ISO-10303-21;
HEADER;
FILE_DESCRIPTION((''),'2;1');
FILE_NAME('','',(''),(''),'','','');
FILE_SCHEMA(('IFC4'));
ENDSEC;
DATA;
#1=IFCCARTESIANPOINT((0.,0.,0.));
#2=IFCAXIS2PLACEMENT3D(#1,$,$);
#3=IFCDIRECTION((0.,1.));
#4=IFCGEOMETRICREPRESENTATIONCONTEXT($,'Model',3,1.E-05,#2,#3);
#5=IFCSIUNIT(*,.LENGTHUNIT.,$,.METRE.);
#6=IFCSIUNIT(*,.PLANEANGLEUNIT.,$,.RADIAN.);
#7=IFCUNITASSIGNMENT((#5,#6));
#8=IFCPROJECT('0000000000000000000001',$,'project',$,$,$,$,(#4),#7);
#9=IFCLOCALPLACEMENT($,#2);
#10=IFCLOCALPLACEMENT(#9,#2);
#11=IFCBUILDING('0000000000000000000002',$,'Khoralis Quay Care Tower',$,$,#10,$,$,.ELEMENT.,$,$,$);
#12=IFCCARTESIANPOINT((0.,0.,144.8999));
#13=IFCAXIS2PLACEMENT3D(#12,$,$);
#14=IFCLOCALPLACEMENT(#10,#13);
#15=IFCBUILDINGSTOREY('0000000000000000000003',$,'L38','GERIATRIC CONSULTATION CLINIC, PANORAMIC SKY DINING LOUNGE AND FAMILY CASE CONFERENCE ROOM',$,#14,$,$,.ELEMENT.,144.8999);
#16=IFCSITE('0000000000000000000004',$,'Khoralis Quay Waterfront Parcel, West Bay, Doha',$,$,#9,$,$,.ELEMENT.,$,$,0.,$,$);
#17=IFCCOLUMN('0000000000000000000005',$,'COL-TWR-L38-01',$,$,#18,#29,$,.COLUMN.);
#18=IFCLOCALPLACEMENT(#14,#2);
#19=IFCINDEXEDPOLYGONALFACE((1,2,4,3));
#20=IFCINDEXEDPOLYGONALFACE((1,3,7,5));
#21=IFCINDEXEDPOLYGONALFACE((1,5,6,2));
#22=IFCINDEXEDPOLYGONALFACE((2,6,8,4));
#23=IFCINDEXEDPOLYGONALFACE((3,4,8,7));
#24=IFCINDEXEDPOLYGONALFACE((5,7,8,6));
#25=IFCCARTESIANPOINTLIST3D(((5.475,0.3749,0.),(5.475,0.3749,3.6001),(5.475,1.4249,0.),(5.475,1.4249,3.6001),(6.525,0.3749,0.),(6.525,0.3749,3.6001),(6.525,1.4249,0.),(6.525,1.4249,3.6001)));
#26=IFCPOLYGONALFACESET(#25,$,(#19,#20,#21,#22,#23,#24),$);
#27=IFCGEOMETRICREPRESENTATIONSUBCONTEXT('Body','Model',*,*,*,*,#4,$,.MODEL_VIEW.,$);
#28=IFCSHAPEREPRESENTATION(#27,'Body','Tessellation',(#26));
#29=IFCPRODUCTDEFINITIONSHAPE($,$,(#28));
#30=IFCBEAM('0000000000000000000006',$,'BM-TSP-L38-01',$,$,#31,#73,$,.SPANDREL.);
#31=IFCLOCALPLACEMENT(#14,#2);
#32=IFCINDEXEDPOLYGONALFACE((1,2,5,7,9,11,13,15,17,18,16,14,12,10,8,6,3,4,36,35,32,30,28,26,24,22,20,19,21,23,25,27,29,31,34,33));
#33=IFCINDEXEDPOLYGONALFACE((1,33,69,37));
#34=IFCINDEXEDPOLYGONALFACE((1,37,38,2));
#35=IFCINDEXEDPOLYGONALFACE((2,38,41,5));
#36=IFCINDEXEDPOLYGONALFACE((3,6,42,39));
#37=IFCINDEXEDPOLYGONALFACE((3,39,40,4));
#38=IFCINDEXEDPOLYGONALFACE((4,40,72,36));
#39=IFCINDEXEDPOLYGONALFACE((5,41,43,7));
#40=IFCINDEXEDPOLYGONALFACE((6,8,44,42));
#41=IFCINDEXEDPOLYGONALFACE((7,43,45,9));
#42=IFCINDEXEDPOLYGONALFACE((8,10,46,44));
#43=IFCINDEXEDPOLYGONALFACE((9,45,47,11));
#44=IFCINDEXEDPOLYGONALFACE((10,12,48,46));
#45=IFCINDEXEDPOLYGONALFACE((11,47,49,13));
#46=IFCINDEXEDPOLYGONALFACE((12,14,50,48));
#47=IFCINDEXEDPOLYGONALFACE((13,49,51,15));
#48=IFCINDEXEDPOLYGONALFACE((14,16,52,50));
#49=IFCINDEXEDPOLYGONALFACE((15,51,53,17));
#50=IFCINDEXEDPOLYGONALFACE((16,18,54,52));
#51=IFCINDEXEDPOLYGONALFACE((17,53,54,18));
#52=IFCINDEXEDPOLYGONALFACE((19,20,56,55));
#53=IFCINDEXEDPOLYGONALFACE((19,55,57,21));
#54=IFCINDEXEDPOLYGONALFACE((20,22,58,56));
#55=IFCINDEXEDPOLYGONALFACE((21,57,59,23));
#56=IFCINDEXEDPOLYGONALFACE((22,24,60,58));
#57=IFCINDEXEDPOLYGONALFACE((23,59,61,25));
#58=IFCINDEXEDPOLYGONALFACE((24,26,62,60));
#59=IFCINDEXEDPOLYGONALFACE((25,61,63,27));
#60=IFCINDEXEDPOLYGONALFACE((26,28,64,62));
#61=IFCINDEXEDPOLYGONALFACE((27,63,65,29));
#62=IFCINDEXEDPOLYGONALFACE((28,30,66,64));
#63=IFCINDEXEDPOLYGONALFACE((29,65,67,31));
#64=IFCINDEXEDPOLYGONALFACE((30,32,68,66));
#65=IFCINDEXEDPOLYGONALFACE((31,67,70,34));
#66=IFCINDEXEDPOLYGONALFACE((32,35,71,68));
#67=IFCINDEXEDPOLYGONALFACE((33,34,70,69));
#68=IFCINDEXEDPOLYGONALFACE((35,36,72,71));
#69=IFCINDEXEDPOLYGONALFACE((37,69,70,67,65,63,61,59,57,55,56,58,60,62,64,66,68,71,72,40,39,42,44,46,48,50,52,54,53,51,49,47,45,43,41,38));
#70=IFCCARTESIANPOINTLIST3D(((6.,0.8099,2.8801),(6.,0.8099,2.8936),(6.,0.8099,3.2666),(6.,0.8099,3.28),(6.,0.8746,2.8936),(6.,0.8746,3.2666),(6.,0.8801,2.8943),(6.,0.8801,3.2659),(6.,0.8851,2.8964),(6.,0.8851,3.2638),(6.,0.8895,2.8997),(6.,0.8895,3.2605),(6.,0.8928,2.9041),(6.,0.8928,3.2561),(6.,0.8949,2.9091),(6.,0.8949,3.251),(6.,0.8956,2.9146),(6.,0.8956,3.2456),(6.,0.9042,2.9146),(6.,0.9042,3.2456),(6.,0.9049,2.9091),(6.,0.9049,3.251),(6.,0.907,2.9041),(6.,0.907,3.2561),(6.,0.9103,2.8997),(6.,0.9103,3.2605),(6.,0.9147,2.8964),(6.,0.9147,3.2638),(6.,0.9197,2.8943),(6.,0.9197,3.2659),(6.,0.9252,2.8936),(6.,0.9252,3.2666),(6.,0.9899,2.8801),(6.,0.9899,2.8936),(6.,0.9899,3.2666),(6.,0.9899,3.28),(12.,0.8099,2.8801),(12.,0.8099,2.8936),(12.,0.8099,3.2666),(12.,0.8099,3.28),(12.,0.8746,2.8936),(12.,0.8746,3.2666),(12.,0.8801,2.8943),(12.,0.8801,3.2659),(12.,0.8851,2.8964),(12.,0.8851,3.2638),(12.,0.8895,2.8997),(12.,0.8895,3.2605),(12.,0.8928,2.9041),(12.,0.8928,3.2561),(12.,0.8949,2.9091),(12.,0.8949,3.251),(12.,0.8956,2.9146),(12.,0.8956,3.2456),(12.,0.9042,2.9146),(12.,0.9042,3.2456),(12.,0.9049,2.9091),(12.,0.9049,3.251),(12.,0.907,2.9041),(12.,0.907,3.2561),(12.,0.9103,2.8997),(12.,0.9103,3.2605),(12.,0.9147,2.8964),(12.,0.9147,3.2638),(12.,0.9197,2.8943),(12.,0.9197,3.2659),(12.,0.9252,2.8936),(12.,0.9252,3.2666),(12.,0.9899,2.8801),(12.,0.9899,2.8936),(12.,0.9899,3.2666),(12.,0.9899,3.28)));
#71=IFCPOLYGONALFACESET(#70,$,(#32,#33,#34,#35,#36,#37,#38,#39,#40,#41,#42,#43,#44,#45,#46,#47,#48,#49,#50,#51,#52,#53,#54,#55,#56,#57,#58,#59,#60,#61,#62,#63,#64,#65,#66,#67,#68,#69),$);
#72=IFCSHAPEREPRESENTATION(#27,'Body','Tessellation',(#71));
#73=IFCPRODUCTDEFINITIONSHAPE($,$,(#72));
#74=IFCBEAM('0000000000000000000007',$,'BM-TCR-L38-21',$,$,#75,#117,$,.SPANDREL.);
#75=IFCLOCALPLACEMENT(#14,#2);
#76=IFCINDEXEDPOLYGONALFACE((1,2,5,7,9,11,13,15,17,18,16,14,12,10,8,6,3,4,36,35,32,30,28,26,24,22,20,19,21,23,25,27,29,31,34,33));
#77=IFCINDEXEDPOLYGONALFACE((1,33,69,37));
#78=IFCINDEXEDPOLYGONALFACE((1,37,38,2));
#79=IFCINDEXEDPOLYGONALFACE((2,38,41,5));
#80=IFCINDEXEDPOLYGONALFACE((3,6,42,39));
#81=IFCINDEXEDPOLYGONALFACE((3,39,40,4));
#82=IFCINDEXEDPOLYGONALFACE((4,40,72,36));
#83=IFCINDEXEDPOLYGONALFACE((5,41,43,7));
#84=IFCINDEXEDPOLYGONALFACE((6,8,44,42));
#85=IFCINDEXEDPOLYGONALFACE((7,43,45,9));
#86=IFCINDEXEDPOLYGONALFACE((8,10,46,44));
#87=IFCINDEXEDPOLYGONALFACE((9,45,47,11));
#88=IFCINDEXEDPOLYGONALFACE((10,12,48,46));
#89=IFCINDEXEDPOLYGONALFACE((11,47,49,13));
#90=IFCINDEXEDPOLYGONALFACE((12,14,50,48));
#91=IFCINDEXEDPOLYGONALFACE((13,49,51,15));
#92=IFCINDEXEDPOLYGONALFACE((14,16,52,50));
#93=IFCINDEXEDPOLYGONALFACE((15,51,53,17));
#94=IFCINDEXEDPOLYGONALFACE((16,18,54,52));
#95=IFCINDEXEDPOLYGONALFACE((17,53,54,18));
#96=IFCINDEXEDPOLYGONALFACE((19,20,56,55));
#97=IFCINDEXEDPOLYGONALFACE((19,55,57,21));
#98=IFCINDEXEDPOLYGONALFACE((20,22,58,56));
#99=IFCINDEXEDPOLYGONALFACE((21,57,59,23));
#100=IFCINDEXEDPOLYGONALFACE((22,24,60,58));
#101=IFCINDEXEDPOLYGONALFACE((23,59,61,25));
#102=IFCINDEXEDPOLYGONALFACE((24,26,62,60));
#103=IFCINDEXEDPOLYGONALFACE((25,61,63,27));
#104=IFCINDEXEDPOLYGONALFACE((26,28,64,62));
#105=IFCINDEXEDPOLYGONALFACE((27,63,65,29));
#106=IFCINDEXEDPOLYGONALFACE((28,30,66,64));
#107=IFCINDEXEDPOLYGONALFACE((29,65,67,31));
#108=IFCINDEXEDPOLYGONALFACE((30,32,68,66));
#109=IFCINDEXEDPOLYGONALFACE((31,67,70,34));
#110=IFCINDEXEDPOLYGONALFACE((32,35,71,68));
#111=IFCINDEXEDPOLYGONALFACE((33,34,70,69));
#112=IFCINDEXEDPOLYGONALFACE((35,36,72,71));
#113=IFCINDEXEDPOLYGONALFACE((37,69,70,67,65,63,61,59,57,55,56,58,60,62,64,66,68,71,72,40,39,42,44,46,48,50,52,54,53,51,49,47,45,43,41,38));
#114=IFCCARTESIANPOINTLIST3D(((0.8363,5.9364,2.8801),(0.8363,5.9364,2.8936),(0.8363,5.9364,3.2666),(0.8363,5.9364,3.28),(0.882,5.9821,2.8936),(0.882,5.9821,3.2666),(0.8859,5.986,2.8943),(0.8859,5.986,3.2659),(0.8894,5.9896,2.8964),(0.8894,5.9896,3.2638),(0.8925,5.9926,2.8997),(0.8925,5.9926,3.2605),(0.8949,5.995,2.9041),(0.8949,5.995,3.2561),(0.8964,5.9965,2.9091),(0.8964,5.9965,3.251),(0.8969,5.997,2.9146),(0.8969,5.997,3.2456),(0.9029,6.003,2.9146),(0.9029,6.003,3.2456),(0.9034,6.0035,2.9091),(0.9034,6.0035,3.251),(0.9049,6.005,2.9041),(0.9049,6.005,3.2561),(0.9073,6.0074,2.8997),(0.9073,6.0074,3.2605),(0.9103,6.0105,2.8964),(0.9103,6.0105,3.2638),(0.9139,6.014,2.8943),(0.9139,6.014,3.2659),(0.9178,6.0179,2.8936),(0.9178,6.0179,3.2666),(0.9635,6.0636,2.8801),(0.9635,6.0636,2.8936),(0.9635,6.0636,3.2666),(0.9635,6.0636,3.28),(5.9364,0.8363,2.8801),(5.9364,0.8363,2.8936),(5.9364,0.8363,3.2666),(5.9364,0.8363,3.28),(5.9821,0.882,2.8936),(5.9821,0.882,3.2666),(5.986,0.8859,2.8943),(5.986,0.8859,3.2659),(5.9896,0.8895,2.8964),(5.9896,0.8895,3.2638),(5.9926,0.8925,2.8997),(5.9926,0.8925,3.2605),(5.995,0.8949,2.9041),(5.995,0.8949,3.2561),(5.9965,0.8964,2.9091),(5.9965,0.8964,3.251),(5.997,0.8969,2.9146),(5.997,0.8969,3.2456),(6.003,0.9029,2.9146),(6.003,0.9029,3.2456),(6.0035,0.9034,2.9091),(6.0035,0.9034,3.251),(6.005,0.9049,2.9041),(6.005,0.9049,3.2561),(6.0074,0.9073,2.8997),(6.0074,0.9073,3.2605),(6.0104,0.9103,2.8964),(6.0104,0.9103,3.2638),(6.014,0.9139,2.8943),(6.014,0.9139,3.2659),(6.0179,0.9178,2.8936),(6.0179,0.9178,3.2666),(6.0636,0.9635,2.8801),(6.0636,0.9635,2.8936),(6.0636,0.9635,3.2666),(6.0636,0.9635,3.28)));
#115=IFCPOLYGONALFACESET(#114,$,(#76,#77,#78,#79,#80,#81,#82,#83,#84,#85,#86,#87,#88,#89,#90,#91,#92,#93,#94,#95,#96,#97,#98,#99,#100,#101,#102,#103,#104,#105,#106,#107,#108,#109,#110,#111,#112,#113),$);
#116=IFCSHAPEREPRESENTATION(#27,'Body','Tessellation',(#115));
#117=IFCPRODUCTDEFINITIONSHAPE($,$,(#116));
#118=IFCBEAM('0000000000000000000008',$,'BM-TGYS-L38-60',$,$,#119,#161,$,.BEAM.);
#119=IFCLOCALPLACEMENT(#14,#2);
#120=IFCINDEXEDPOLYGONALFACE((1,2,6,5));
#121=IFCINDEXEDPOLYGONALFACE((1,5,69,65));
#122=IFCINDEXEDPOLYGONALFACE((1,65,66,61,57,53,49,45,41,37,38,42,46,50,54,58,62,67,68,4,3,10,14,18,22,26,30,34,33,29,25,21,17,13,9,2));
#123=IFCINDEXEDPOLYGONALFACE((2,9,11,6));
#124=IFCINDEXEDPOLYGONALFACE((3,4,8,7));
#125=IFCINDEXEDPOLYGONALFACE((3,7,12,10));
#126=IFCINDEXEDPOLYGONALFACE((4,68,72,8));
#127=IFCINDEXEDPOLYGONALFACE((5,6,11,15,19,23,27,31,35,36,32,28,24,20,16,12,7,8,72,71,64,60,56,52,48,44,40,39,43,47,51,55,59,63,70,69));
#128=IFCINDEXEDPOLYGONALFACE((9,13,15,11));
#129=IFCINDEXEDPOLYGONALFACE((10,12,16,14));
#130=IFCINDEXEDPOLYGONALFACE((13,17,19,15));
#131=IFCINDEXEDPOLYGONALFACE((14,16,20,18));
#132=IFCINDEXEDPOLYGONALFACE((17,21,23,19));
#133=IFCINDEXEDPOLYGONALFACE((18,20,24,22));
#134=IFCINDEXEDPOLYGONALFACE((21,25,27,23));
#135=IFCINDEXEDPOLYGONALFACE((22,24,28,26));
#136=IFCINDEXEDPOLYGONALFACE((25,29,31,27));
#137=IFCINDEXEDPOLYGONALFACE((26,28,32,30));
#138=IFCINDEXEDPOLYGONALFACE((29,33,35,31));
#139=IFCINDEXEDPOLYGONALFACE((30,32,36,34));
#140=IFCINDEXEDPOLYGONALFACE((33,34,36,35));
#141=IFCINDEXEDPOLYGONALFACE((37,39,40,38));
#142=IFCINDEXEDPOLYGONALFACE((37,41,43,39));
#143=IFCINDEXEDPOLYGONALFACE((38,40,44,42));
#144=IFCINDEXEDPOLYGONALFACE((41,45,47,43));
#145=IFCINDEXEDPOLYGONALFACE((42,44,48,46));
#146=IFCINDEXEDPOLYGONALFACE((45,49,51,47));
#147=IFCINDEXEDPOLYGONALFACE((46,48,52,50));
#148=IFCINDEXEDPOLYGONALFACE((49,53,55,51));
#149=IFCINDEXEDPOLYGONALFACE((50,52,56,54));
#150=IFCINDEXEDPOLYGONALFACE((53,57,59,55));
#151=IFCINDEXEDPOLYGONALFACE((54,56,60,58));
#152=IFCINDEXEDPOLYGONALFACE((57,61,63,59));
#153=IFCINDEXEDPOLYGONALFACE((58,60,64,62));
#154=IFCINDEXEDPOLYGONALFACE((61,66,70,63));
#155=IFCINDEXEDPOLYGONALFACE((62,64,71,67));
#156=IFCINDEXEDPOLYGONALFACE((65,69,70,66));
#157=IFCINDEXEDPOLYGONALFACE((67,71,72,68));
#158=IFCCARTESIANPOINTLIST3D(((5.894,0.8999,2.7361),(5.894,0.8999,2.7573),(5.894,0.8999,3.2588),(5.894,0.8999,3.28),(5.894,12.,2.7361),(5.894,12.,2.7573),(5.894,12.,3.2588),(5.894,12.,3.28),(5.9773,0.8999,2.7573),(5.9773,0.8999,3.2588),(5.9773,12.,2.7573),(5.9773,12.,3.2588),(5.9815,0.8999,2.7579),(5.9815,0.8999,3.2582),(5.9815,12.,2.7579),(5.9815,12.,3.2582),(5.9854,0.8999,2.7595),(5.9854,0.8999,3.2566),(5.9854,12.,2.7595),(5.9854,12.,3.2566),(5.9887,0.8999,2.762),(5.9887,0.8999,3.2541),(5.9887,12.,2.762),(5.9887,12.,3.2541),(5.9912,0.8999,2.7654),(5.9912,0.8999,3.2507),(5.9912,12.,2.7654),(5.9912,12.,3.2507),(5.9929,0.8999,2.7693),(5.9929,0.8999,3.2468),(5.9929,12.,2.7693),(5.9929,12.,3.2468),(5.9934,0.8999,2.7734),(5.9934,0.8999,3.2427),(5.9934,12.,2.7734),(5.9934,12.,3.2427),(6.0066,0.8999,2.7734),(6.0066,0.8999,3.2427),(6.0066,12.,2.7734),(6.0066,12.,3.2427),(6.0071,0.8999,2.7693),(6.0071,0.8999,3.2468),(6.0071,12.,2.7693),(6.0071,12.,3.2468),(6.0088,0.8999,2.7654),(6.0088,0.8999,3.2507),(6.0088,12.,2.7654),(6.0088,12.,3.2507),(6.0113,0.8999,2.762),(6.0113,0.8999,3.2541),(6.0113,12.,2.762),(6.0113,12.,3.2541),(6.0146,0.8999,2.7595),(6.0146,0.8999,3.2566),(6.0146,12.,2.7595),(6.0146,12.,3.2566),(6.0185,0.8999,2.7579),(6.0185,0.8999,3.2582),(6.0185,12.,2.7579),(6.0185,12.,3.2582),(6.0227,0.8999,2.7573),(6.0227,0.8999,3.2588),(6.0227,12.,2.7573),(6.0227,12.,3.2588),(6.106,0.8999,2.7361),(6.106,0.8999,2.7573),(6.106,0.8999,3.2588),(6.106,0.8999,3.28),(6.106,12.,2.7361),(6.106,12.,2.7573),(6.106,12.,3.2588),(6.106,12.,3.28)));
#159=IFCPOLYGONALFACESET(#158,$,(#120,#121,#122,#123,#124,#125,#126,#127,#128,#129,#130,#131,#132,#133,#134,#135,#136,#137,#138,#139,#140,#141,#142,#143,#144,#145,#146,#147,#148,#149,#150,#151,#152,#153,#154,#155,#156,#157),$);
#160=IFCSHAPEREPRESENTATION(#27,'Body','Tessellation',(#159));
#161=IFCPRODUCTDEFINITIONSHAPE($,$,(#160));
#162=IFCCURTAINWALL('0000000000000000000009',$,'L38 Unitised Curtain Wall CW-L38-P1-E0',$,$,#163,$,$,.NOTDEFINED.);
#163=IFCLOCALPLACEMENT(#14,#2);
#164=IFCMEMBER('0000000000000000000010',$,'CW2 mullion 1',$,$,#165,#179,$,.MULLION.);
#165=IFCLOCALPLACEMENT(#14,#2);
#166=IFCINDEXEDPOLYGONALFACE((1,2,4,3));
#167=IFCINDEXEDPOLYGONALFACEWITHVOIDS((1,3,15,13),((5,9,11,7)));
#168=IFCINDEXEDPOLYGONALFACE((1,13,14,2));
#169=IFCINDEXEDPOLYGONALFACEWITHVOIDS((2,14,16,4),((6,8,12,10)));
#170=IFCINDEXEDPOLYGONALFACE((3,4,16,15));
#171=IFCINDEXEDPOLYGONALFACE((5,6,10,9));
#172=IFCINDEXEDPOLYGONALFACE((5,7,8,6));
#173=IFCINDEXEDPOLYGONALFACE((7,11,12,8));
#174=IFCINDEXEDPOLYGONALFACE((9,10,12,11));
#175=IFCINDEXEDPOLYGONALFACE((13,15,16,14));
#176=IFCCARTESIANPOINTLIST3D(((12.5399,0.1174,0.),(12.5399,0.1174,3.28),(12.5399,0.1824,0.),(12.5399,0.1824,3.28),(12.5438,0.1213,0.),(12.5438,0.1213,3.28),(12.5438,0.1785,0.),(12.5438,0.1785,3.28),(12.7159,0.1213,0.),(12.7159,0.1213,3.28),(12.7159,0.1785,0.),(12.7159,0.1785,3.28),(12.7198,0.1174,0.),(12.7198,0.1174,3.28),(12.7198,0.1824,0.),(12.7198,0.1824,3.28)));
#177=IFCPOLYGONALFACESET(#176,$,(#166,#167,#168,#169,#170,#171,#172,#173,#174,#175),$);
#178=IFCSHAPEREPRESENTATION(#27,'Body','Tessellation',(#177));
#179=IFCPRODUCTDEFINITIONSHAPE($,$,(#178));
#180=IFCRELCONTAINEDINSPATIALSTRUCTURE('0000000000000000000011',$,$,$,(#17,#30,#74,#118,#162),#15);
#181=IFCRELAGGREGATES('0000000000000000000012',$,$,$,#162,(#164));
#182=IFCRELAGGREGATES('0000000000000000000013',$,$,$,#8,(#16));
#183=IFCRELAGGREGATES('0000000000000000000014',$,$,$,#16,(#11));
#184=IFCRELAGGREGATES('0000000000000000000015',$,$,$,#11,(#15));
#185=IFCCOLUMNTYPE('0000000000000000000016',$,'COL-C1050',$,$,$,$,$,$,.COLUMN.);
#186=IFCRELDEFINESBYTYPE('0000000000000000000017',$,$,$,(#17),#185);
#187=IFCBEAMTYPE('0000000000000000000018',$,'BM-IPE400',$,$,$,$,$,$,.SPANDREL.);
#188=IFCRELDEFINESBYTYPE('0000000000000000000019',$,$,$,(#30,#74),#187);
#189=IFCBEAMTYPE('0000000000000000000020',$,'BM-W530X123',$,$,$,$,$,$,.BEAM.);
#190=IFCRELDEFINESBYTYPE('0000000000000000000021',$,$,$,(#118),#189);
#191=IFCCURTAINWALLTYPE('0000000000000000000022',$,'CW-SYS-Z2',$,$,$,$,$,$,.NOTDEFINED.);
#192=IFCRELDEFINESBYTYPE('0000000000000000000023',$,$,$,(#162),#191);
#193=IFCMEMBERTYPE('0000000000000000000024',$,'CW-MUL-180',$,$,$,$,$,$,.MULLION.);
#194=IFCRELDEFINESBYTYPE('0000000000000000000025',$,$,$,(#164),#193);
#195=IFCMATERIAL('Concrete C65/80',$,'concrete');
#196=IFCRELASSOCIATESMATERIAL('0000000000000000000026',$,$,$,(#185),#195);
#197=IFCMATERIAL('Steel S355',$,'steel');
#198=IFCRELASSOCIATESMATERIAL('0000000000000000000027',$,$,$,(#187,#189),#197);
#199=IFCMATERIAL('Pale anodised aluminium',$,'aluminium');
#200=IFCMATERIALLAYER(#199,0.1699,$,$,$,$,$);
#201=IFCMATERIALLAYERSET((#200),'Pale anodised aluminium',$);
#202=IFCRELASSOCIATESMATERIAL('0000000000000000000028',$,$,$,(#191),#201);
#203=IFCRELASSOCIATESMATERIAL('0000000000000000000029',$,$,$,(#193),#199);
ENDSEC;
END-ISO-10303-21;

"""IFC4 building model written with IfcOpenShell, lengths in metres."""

from ifc_helpers import new_model, si_unit, direction, frame, origin, origin_2d, place, context, subcontext, project, spatial, rectangle, hollow_rectangle, i_section, extrude, source, transform, mapped, material, layer, layer_set, material_profile, profile_set, type_object, element, aggregate, save


model = new_model("IFC4")

# Units and contexts
model_context = context("Model", 3, precision=1e-05, world=origin(), true_north=direction((0.0, 1.0)))
body_context = subcontext(model_context, "Body", "Model", "MODEL_VIEW")
ifc_project = project(units=[si_unit("LENGTHUNIT", "METRE"), si_unit("PLANEANGLEUNIT", "RADIAN")], contexts=[model_context])

# Site, building, storey
site_placement = place(None, origin())
site = spatial("IfcSite", under=ifc_project, at=site_placement, Name="Khoralis Quay Waterfront Parcel, West Bay, Doha", CompositionType="ELEMENT", RefElevation=0.0)
building_placement = place(site_placement, origin())
building = spatial("IfcBuilding", under=site, at=building_placement, Name="Khoralis Quay Care Tower", CompositionType="ELEMENT")
storey_placement = place(building_placement, frame((0.0, 0.0, 144.8999)))
storey = spatial("IfcBuildingStorey", under=building, at=storey_placement, Name="L38", Description="GERIATRIC CONSULTATION CLINIC, PANORAMIC SKY DINING LOUNGE AND FAMILY CASE CONFERENCE ROOM", CompositionType="ELEMENT", Elevation=144.8999)

# Column
ifc_material_1 = material(Name="Concrete C65/80", Category="concrete")
ifc_material_profile_1 = material_profile(ifc_material_1, rectangle(XDim=1.05, YDim=1.05, at=origin_2d()), Name="Concrete C65/80")
ifc_profile_set_1 = profile_set([ifc_material_profile_1], Name="Concrete C65/80")
column_type = type_object("IfcColumnType", Name="COL-C1050", PredefinedType="COLUMN", material=ifc_profile_set_1)
shared_shape_1 = source(origin(), body_context, "Body", "SweptSolid", [
    extrude(rectangle(XDim=1.05, YDim=1.05, at=origin_2d()), origin(), (0.0, 0.0, 1.0), 3.6001),
])
column_placement = place(storey_placement, frame((6.0, 0.8999, 0.0), z_axis=(0.0, 0.0, 1.0), x_axis=(1.0, 0.0, 0.0)))
element("IfcColumn", 1, at=column_placement, inside=storey, type_object=column_type, Name="COL-TWR-L38-01", PredefinedType="COLUMN", context=body_context, shape_type="MappedRepresentation", body=[
    mapped(shared_shape_1, transform((0.0, 0.0, 0.0), scale=1.0)),
])

# Beams
ifc_material_2 = material(Name="Steel S355", Category="steel")
ifc_material_profile_2 = material_profile(ifc_material_2, i_section(OverallWidth=0.1799, OverallDepth=0.3999, WebThickness=0.0085, FlangeThickness=0.0134, FilletRadius=0.021, at=origin_2d()), Name="Steel S355")
ifc_profile_set_2 = profile_set([ifc_material_profile_2], Name="Steel S355")
beam_type_1 = type_object("IfcBeamType", Name="BM-IPE400", PredefinedType="SPANDREL", material=ifc_profile_set_2)
shared_shape_2 = source(origin(), body_context, "Body", "SweptSolid", [
    extrude(i_section(OverallWidth=0.1799, OverallDepth=0.3999, WebThickness=0.0085, FlangeThickness=0.0134, FilletRadius=0.021, at=origin_2d()), origin(), (0.0, 0.0, 1.0), 6.0),
])
beam_1_placement = place(storey_placement, frame((6.0, 0.8999, 3.0801), z_axis=(1.0, 0.0, 0.0), x_axis=(0.0, 1.0, 0.0)))
element("IfcBeam", 2, at=beam_1_placement, inside=storey, type_object=beam_type_1, Name="BM-TSP-L38-01", PredefinedType="SPANDREL", context=body_context, shape_type="MappedRepresentation", body=[
    mapped(shared_shape_2, transform((0.0, 0.0, 0.0), scale=1.0)),
])
shared_shape_3 = source(origin(), body_context, "Body", "SweptSolid", [
    extrude(i_section(OverallWidth=0.1799, OverallDepth=0.3999, WebThickness=0.0085, FlangeThickness=0.0134, FilletRadius=0.021, at=origin_2d()), origin(), (0.0, 0.0, 1.0), 7.2126),
])
beam_2_placement = place(storey_placement, frame((6.0, 0.8999, 3.0801), z_axis=(-0.707107, 0.707107, 0.0), x_axis=(-0.707107, -0.707107, 0.0)))
element("IfcBeam", 3, at=beam_2_placement, inside=storey, type_object=beam_type_1, Name="BM-TCR-L38-21", PredefinedType="SPANDREL", context=body_context, shape_type="MappedRepresentation", body=[
    mapped(shared_shape_3, transform((0.0, 0.0, 0.0), scale=1.0)),
])
ifc_material_profile_3 = material_profile(ifc_material_2, i_section(OverallWidth=0.2119, OverallDepth=0.5439, WebThickness=0.0132, FlangeThickness=0.0212, FilletRadius=0.0161, at=origin_2d()), Name="Steel S355")
ifc_profile_set_3 = profile_set([ifc_material_profile_3], Name="Steel S355")
beam_type_2 = type_object("IfcBeamType", Name="BM-W530X123", PredefinedType="BEAM", material=ifc_profile_set_3)
shared_shape_4 = source(origin(), body_context, "Body", "SweptSolid", [
    extrude(i_section(OverallWidth=0.2119, OverallDepth=0.5439, WebThickness=0.0132, FlangeThickness=0.0212, FilletRadius=0.0161, at=origin_2d()), origin(), (0.0, 0.0, 1.0), 11.1001),
])
beam_3_placement = place(storey_placement, frame((6.0, 0.8999, 3.0081), z_axis=(0.0, 1.0, 0.0), x_axis=(-1.0, 0.0, 0.0)))
element("IfcBeam", 4, at=beam_3_placement, inside=storey, type_object=beam_type_2, Name="BM-TGYS-L38-60", PredefinedType="BEAM", context=body_context, shape_type="MappedRepresentation", body=[
    mapped(shared_shape_4, transform((0.0, 0.0, 0.0), scale=1.0)),
])

# Curtain wall, member
ifc_material_3 = material(Name="Pale anodised aluminium", Category="aluminium")
ifc_layer_1 = layer(ifc_material_3, 0.1699)
ifc_layer_set_1 = layer_set([ifc_layer_1], Name="Pale anodised aluminium")
curtain_wall_type = type_object("IfcCurtainWallType", Name="CW-SYS-Z2", PredefinedType="NOTDEFINED", material=ifc_layer_set_1)
curtain_wall_placement = place(storey_placement, origin())
curtain_wall = element("IfcCurtainWall", 5, at=curtain_wall_placement, inside=storey, type_object=curtain_wall_type, Name="L38 Unitised Curtain Wall CW-L38-P1-E0", PredefinedType="NOTDEFINED")
ifc_material_profile_4 = material_profile(ifc_material_3, hollow_rectangle(XDim=0.0649, YDim=0.1799, WallThickness=0.0039, at=origin_2d()), Name="Pale anodised aluminium")
ifc_profile_set_4 = profile_set([ifc_material_profile_4], Name="Pale anodised aluminium")
member_type_1 = type_object("IfcMemberType", Name="CW-MUL-180", PredefinedType="MULLION", material=ifc_profile_set_4)
shared_shape_5 = source(origin(), body_context, "Body", "SweptSolid", [
    extrude(hollow_rectangle(XDim=0.0649, YDim=0.1799, WallThickness=0.0039, at=origin_2d()), origin(), (0.0, 0.0, 1.0), 3.28),
])
member_1_placement = place(storey_placement, frame((12.6299, 0.1499, 0.0), z_axis=(0.0, 0.0, 1.0), x_axis=(0.0, 1.0, 0.0)))
member_1 = element("IfcMember", 6, at=member_1_placement, type_object=member_type_1, Name="CW2 mullion 1", PredefinedType="MULLION", context=body_context, shape_type="MappedRepresentation", body=[
    mapped(shared_shape_5, transform((0.0, 0.0, 0.0), scale=1.0)),
])
aggregate(curtain_wall, [member_1])

save(model, "model.ifc")
